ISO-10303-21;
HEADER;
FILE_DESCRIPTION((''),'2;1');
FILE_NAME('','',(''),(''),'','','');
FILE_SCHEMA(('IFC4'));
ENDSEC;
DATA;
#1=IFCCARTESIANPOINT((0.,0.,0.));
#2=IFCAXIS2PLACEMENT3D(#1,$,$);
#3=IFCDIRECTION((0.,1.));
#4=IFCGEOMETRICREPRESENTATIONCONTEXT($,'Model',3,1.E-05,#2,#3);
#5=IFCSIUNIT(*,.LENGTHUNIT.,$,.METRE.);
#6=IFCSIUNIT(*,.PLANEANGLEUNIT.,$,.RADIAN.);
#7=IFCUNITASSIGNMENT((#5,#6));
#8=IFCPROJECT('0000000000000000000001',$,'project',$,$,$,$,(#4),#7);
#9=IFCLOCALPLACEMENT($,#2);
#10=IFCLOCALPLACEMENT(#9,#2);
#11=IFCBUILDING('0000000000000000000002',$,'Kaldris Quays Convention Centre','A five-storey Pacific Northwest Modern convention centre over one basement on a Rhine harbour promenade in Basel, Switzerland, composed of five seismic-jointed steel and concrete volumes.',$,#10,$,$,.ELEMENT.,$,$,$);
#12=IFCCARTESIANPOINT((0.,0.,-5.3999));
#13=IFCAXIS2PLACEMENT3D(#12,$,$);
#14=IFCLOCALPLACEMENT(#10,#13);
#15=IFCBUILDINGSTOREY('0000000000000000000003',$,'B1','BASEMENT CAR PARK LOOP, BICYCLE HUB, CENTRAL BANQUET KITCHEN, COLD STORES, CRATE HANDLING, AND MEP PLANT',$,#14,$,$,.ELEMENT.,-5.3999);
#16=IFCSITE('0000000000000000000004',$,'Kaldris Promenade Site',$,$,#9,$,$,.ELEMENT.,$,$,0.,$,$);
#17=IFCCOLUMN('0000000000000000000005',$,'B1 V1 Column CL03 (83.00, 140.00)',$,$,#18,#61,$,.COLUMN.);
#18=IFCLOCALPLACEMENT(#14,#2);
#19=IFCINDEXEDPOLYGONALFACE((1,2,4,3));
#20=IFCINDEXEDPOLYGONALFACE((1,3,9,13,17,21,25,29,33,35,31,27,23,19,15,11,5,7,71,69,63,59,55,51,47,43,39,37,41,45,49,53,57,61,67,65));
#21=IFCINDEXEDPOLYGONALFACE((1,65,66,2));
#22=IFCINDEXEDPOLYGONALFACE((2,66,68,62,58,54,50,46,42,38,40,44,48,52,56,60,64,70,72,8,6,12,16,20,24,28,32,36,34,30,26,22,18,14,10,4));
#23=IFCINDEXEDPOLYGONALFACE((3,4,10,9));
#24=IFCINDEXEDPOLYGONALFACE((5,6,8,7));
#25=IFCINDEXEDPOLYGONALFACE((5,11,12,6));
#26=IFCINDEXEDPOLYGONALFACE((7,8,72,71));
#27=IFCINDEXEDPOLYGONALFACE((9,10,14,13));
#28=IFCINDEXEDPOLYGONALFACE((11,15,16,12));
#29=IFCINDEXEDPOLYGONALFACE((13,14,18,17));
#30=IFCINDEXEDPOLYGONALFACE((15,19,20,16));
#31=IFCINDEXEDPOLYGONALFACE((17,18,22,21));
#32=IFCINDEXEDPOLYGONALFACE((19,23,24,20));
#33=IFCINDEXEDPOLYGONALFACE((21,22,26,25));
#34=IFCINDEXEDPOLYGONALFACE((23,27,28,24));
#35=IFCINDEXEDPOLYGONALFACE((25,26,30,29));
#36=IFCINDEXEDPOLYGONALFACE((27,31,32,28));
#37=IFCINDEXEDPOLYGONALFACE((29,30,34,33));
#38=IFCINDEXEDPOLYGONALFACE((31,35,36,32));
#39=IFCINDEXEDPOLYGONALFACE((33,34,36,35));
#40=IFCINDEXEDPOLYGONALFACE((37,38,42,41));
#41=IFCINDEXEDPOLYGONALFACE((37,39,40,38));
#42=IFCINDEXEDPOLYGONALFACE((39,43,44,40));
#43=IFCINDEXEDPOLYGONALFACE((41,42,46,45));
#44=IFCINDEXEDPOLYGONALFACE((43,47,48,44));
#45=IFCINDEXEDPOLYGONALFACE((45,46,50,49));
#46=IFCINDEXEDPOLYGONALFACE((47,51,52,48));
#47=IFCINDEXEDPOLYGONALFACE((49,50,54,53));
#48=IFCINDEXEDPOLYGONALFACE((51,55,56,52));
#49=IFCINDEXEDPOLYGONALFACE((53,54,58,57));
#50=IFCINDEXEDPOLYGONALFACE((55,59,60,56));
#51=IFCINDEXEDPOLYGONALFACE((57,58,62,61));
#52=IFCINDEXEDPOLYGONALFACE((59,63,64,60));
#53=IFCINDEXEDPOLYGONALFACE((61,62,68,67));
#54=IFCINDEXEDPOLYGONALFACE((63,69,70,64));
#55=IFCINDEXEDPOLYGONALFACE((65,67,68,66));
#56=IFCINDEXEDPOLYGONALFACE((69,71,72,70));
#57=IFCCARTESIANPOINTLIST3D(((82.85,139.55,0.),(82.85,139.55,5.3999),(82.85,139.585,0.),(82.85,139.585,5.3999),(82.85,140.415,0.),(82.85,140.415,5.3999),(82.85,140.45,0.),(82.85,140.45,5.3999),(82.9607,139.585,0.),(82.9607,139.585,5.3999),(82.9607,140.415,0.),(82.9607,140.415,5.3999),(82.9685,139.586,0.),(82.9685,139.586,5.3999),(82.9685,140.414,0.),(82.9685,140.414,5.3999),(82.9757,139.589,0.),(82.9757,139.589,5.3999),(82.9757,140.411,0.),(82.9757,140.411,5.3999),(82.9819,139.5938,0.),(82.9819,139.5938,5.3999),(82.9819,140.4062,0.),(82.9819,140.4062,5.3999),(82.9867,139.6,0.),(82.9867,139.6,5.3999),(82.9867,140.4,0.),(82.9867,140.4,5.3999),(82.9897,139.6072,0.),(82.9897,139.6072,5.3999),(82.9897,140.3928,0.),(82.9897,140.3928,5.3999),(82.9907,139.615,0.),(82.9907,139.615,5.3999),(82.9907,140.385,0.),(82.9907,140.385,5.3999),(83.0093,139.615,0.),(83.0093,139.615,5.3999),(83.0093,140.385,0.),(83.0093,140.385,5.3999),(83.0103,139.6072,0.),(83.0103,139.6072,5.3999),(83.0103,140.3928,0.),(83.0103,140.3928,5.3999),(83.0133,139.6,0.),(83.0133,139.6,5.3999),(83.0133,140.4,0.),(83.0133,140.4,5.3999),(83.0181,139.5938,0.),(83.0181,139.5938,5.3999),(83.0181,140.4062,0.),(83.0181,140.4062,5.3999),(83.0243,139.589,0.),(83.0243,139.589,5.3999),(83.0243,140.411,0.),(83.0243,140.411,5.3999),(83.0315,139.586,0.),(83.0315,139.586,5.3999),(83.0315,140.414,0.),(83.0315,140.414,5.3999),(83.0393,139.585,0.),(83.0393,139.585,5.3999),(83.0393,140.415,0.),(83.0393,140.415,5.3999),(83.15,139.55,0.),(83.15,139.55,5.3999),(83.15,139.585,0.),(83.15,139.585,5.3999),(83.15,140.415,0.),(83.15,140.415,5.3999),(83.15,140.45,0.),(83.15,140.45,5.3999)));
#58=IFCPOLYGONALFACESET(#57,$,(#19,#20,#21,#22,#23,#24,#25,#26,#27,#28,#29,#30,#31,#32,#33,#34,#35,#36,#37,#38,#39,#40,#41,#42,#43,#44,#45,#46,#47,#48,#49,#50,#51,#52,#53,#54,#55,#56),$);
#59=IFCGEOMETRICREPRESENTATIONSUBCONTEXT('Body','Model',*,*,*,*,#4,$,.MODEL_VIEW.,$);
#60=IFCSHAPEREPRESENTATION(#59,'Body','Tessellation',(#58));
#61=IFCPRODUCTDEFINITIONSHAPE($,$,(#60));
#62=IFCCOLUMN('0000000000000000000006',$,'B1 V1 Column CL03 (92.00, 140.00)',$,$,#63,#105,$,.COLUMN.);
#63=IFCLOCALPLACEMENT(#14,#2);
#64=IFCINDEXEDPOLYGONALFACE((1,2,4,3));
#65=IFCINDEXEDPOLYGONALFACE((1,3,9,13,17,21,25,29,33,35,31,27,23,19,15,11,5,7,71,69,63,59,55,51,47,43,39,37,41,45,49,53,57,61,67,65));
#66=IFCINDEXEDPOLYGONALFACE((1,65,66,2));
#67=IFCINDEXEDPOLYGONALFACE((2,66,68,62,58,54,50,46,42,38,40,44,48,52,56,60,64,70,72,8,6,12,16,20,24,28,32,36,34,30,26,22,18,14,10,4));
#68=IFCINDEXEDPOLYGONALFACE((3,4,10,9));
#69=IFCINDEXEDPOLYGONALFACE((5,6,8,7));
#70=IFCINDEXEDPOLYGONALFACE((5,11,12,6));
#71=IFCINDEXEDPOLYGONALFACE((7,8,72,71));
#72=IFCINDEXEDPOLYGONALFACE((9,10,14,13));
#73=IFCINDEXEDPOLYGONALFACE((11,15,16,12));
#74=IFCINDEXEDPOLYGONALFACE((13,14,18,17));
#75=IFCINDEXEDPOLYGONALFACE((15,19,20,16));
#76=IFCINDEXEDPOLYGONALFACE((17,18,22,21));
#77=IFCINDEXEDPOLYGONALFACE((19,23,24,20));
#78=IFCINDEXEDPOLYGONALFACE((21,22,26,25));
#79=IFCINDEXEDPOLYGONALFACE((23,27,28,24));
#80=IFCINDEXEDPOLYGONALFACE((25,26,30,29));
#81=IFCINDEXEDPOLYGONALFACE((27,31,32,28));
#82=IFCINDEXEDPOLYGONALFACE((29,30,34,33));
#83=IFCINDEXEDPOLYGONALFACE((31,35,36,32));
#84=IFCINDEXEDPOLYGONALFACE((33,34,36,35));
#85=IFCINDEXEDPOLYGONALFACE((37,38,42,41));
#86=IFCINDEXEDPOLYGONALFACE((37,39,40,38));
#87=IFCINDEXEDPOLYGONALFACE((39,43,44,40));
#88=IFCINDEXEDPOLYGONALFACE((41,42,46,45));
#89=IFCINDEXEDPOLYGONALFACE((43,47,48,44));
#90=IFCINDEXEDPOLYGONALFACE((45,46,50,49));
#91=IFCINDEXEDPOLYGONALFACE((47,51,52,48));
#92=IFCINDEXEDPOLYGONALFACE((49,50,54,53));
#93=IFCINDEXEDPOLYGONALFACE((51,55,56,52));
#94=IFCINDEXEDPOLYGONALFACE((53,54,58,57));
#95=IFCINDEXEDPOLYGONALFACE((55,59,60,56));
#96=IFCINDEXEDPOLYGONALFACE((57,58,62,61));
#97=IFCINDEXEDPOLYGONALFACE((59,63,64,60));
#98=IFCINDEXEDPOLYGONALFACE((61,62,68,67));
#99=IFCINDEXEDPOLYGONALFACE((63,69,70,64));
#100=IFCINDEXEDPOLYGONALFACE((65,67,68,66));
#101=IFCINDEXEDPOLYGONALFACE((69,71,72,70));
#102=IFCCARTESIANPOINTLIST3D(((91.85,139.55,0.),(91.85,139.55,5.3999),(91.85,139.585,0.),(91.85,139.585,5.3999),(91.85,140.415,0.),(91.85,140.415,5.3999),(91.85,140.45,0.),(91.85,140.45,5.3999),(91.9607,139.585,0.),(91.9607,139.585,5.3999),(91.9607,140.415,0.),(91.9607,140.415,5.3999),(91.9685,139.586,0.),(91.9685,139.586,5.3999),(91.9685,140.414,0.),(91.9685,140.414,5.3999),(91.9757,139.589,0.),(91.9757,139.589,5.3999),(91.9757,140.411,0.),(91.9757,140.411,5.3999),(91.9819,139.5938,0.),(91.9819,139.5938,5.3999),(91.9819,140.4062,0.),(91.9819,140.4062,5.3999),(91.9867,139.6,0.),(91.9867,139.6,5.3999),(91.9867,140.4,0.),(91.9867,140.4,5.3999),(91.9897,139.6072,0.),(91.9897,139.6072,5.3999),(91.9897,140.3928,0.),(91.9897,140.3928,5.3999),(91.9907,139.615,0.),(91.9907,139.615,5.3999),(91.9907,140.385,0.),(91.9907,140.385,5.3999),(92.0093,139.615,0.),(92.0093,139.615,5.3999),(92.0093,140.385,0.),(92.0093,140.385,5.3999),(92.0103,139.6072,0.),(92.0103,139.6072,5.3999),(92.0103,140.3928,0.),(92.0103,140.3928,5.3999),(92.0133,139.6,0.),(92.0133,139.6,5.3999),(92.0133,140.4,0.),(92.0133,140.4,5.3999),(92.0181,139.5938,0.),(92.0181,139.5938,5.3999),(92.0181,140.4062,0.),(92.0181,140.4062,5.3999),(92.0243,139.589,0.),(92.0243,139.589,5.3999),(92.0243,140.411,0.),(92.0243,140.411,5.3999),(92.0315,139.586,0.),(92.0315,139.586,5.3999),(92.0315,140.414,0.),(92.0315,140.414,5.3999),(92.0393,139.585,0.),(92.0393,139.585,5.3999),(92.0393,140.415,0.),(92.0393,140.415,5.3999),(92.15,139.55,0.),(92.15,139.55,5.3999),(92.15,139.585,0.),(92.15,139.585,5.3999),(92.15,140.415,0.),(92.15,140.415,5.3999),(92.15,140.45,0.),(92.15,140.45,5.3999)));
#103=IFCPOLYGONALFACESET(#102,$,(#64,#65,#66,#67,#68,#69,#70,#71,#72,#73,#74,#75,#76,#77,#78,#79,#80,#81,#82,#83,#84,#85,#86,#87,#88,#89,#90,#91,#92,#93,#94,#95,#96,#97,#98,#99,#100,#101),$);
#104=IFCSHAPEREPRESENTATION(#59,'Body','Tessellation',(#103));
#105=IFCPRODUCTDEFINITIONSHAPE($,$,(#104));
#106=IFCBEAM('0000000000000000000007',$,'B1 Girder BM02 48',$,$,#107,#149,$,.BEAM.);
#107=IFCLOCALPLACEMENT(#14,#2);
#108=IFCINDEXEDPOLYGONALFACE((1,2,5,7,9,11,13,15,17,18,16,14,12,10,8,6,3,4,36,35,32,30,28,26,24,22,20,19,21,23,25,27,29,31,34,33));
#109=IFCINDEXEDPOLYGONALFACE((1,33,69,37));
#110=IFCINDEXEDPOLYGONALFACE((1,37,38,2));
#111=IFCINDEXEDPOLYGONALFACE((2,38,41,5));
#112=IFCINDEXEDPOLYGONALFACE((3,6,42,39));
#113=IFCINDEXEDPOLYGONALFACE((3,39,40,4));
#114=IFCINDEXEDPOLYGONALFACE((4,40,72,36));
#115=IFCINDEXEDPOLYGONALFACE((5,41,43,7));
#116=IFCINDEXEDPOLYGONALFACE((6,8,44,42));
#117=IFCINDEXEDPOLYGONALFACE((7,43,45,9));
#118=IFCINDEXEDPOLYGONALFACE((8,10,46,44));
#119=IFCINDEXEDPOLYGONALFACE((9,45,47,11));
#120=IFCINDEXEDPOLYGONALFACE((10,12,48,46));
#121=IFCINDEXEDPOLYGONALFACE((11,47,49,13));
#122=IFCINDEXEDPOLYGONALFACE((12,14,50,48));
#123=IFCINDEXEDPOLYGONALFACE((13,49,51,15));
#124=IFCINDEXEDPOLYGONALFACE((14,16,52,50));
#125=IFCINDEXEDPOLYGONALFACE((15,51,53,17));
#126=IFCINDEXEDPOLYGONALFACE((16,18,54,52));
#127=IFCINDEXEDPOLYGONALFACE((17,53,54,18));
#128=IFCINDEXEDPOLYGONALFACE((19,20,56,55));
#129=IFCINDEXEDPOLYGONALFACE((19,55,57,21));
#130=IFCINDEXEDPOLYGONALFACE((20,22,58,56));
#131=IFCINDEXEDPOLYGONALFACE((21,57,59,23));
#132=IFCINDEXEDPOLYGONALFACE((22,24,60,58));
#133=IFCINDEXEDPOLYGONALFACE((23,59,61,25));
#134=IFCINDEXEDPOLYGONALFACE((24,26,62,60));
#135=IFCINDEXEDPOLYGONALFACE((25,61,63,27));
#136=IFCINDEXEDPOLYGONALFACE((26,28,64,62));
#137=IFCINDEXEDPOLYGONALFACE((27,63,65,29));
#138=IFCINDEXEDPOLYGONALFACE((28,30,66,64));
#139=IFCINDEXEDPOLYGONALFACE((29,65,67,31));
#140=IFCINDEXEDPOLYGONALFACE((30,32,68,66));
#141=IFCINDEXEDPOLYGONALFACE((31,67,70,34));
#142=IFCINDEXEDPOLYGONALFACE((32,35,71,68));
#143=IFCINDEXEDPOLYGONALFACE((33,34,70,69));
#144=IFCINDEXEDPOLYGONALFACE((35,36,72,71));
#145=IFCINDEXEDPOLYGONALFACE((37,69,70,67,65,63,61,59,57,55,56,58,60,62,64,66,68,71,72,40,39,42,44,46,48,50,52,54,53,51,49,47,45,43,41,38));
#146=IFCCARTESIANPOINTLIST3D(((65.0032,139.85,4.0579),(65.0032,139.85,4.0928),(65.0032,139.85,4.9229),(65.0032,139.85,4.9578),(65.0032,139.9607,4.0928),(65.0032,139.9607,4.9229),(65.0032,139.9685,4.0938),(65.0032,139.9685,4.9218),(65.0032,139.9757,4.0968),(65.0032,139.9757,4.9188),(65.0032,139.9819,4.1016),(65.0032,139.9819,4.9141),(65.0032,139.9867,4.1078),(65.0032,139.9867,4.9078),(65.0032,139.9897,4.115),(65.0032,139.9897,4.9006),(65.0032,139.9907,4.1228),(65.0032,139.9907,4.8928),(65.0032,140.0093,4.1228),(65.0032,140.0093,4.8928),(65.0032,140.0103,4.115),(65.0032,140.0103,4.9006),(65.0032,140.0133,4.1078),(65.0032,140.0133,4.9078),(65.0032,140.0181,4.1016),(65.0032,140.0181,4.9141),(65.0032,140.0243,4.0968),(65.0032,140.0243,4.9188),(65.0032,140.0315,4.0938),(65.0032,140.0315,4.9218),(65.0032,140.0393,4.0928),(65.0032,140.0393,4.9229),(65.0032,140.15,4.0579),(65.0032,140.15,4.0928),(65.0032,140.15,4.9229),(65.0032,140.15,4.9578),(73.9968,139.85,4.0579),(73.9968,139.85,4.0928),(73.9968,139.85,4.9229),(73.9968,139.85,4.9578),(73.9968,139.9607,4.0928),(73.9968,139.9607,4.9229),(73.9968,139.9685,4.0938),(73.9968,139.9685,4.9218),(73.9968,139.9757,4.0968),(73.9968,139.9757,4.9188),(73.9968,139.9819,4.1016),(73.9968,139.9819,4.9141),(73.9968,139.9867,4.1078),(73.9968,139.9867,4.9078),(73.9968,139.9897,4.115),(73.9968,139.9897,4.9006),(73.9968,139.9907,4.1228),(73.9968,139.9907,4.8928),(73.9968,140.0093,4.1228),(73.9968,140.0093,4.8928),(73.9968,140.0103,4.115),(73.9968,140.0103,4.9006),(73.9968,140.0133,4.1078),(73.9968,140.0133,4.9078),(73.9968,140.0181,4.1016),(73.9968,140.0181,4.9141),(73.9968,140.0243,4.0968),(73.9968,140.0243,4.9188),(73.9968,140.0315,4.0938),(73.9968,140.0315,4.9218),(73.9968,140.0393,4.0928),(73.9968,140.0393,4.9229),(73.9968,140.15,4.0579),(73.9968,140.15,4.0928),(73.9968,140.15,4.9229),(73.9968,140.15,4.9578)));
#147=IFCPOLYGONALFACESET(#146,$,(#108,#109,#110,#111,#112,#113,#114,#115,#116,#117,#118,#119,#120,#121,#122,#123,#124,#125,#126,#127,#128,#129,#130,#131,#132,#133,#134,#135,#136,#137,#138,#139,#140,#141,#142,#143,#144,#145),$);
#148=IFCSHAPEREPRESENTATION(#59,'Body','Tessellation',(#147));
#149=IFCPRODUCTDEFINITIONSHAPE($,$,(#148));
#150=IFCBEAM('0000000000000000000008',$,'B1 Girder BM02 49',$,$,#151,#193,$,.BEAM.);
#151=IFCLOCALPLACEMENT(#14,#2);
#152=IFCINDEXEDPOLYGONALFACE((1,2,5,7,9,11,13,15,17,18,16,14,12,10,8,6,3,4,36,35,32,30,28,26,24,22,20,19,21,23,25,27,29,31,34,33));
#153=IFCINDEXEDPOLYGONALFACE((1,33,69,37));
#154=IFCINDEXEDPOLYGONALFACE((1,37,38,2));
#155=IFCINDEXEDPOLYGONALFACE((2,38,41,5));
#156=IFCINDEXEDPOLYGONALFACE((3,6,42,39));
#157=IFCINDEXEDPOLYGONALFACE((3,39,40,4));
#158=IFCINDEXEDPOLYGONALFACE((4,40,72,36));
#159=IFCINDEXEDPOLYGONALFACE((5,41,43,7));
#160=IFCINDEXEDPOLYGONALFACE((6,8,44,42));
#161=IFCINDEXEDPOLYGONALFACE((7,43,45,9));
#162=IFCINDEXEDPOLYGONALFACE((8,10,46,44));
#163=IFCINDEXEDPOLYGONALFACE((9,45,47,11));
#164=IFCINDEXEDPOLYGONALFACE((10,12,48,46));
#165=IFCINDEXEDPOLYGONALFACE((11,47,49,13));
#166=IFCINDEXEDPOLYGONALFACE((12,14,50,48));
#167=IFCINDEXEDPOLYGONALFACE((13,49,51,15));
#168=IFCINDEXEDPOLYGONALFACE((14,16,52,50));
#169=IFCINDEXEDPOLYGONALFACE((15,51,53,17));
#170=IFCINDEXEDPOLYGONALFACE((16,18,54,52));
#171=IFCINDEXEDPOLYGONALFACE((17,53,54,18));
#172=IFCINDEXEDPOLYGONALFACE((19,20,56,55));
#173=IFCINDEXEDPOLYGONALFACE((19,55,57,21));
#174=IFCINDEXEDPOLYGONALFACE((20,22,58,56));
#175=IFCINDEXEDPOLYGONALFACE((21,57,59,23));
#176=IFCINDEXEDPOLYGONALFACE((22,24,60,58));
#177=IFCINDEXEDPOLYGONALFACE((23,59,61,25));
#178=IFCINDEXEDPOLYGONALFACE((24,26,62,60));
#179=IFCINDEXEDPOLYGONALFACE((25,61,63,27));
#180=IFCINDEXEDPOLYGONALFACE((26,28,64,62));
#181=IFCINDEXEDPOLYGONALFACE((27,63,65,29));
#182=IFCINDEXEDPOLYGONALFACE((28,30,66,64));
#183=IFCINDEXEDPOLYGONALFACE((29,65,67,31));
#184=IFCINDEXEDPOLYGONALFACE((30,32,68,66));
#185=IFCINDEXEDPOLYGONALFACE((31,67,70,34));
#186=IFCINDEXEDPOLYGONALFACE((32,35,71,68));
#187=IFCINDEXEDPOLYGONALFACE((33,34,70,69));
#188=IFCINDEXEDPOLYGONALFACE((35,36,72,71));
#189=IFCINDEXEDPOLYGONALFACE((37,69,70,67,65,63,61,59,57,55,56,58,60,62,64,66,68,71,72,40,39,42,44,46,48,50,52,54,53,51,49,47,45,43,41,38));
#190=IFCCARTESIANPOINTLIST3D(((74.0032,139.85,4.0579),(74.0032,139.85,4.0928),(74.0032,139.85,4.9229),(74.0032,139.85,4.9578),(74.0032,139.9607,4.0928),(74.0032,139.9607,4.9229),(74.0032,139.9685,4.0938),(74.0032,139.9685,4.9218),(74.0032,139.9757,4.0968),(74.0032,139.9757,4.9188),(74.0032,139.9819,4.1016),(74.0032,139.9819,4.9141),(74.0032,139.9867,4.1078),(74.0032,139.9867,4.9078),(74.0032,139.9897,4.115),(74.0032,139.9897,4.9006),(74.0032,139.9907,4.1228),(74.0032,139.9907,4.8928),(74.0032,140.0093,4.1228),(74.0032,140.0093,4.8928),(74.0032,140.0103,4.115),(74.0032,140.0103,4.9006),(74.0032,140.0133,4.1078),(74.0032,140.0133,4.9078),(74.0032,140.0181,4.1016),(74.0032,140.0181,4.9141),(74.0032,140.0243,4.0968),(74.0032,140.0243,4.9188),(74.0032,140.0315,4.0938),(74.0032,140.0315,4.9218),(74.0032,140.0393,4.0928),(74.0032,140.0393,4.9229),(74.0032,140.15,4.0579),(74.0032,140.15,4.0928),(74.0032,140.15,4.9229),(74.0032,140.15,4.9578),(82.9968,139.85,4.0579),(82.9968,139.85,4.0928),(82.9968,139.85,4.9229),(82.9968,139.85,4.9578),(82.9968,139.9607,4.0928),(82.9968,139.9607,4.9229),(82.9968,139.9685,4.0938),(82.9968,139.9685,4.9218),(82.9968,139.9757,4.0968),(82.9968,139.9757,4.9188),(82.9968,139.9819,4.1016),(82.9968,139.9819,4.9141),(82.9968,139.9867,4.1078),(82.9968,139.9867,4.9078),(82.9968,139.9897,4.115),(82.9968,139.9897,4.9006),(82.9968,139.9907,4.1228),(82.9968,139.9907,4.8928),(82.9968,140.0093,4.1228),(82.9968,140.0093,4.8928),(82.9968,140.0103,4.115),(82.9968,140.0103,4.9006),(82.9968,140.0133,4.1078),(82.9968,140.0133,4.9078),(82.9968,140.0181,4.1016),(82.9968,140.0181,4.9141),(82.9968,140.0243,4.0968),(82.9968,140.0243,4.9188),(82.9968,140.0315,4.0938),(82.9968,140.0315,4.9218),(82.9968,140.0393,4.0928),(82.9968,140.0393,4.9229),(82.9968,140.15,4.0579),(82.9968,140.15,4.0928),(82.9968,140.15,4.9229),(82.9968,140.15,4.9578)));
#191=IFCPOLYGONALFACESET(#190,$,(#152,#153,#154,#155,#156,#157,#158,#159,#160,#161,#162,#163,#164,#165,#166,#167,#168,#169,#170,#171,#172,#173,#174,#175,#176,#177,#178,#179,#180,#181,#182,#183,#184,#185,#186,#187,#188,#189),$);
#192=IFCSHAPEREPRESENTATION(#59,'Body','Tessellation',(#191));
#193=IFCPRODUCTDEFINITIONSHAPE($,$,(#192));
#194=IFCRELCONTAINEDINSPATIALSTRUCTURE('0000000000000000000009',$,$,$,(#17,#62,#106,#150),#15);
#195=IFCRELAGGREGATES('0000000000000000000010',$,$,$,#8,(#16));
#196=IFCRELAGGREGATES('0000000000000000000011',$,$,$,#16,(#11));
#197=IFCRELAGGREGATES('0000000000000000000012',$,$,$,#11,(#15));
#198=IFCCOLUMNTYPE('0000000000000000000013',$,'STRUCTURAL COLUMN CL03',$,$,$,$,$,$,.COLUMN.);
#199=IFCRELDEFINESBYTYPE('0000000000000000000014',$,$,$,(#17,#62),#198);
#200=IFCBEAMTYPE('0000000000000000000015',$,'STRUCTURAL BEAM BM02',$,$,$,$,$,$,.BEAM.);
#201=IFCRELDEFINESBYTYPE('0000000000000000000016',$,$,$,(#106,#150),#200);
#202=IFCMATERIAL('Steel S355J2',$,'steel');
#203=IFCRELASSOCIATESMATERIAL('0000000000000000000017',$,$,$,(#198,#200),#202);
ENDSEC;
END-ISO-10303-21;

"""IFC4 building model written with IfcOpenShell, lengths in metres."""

from ifc_helpers import new_model, si_unit, direction, frame, origin, origin_2d, place, context, subcontext, project, spatial, i_section, extrude, material, material_profile, profile_set, type_object, element, save


model = new_model("IFC4")

# Units and contexts
model_context = context("Model", 3, precision=1e-05, world=origin(), true_north=direction((0.0, 1.0)))
body_context = subcontext(model_context, "Body", "Model", "MODEL_VIEW")
ifc_project = project(units=[si_unit("LENGTHUNIT", "METRE"), si_unit("PLANEANGLEUNIT", "RADIAN")], contexts=[model_context])

# Site, building, storey
site_placement = place(None, origin())
site = spatial("IfcSite", under=ifc_project, at=site_placement, Name="Kaldris Promenade Site", CompositionType="ELEMENT", RefElevation=0.0)
building_placement = place(site_placement, origin())
building = spatial("IfcBuilding", under=site, at=building_placement, Name="Kaldris Quays Convention Centre", Description="A five-storey Pacific Northwest Modern convention centre over one basement on a Rhine harbour promenade in Basel, Switzerland, composed of five seismic-jointed steel and concrete volumes.", CompositionType="ELEMENT")
storey_placement = place(building_placement, frame((0.0, 0.0, -5.3999)))
storey = spatial("IfcBuildingStorey", under=building, at=storey_placement, Name="B1", Description="BASEMENT CAR PARK LOOP, BICYCLE HUB, CENTRAL BANQUET KITCHEN, COLD STORES, CRATE HANDLING, AND MEP PLANT", CompositionType="ELEMENT", Elevation=-5.3999)

# Columns
ifc_material_1 = material(Name="Steel S355J2", Category="steel")
ifc_material_profile_1 = material_profile(ifc_material_1, i_section(OverallWidth=0.3, OverallDepth=0.8999, WebThickness=0.0186, FlangeThickness=0.0349, FilletRadius=0.03, at=origin_2d()), Name="HEB 900")
ifc_profile_set_1 = profile_set([ifc_material_profile_1], Name="Steel S355J2")
column_type = type_object("IfcColumnType", Name="STRUCTURAL COLUMN CL03", PredefinedType="COLUMN", material=ifc_profile_set_1)
for number, where, z_axis, x_axis, name in (
    (1, (83.0, 140.0, 0.0), (0.0, 0.0, 1.0), (1.0, 0.0, 0.0), "B1 V1 Column CL03 (83.00, 140.00)"),
    (2, (92.0, 140.0, 0.0), (0.0, 0.0, 1.0), (1.0, 0.0, 0.0), "B1 V1 Column CL03 (92.00, 140.00)"),
):
    element("IfcColumn", number, at=place(storey_placement, frame(where, z_axis=z_axis, x_axis=x_axis)), inside=storey, type_object=column_type, Name=name, PredefinedType="COLUMN", context=body_context, shape_type="SweptSolid", body=[
        extrude(i_section(OverallWidth=0.3, OverallDepth=0.8999, WebThickness=0.0186, FlangeThickness=0.0349, FilletRadius=0.03, at=origin_2d()), origin(), (0.0, 0.0, 1.0), 5.3999),
    ])

# Beams
ifc_material_profile_2 = material_profile(ifc_material_1, i_section(OverallWidth=0.3, OverallDepth=0.8999, WebThickness=0.0186, FlangeThickness=0.0349, FilletRadius=0.03, at=origin_2d()), Name="HEB 900")
ifc_profile_set_2 = profile_set([ifc_material_profile_2], Name="Steel S355J2")
beam_type = type_object("IfcBeamType", Name="STRUCTURAL BEAM BM02", PredefinedType="BEAM", material=ifc_profile_set_2)
for number, where, z_axis, x_axis, name in (
    (3, (65.0032, 140.0, 4.5078), (1.0, 0.0, 0.0), (0.0, 1.0, 0.0), "B1 Girder BM02 48"),
    (4, (74.0032, 140.0, 4.5078), (1.0, 0.0, 0.0), (0.0, 1.0, 0.0), "B1 Girder BM02 49"),
):
    element("IfcBeam", number, at=place(storey_placement, frame(where, z_axis=z_axis, x_axis=x_axis)), inside=storey, type_object=beam_type, Name=name, PredefinedType="BEAM", context=body_context, shape_type="SweptSolid", body=[
        extrude(i_section(OverallWidth=0.3, OverallDepth=0.8999, WebThickness=0.0186, FlangeThickness=0.0349, FilletRadius=0.03, at=origin_2d()), origin(), (0.0, 0.0, 1.0), 8.9937),
    ])

save(model, "model.ifc")
